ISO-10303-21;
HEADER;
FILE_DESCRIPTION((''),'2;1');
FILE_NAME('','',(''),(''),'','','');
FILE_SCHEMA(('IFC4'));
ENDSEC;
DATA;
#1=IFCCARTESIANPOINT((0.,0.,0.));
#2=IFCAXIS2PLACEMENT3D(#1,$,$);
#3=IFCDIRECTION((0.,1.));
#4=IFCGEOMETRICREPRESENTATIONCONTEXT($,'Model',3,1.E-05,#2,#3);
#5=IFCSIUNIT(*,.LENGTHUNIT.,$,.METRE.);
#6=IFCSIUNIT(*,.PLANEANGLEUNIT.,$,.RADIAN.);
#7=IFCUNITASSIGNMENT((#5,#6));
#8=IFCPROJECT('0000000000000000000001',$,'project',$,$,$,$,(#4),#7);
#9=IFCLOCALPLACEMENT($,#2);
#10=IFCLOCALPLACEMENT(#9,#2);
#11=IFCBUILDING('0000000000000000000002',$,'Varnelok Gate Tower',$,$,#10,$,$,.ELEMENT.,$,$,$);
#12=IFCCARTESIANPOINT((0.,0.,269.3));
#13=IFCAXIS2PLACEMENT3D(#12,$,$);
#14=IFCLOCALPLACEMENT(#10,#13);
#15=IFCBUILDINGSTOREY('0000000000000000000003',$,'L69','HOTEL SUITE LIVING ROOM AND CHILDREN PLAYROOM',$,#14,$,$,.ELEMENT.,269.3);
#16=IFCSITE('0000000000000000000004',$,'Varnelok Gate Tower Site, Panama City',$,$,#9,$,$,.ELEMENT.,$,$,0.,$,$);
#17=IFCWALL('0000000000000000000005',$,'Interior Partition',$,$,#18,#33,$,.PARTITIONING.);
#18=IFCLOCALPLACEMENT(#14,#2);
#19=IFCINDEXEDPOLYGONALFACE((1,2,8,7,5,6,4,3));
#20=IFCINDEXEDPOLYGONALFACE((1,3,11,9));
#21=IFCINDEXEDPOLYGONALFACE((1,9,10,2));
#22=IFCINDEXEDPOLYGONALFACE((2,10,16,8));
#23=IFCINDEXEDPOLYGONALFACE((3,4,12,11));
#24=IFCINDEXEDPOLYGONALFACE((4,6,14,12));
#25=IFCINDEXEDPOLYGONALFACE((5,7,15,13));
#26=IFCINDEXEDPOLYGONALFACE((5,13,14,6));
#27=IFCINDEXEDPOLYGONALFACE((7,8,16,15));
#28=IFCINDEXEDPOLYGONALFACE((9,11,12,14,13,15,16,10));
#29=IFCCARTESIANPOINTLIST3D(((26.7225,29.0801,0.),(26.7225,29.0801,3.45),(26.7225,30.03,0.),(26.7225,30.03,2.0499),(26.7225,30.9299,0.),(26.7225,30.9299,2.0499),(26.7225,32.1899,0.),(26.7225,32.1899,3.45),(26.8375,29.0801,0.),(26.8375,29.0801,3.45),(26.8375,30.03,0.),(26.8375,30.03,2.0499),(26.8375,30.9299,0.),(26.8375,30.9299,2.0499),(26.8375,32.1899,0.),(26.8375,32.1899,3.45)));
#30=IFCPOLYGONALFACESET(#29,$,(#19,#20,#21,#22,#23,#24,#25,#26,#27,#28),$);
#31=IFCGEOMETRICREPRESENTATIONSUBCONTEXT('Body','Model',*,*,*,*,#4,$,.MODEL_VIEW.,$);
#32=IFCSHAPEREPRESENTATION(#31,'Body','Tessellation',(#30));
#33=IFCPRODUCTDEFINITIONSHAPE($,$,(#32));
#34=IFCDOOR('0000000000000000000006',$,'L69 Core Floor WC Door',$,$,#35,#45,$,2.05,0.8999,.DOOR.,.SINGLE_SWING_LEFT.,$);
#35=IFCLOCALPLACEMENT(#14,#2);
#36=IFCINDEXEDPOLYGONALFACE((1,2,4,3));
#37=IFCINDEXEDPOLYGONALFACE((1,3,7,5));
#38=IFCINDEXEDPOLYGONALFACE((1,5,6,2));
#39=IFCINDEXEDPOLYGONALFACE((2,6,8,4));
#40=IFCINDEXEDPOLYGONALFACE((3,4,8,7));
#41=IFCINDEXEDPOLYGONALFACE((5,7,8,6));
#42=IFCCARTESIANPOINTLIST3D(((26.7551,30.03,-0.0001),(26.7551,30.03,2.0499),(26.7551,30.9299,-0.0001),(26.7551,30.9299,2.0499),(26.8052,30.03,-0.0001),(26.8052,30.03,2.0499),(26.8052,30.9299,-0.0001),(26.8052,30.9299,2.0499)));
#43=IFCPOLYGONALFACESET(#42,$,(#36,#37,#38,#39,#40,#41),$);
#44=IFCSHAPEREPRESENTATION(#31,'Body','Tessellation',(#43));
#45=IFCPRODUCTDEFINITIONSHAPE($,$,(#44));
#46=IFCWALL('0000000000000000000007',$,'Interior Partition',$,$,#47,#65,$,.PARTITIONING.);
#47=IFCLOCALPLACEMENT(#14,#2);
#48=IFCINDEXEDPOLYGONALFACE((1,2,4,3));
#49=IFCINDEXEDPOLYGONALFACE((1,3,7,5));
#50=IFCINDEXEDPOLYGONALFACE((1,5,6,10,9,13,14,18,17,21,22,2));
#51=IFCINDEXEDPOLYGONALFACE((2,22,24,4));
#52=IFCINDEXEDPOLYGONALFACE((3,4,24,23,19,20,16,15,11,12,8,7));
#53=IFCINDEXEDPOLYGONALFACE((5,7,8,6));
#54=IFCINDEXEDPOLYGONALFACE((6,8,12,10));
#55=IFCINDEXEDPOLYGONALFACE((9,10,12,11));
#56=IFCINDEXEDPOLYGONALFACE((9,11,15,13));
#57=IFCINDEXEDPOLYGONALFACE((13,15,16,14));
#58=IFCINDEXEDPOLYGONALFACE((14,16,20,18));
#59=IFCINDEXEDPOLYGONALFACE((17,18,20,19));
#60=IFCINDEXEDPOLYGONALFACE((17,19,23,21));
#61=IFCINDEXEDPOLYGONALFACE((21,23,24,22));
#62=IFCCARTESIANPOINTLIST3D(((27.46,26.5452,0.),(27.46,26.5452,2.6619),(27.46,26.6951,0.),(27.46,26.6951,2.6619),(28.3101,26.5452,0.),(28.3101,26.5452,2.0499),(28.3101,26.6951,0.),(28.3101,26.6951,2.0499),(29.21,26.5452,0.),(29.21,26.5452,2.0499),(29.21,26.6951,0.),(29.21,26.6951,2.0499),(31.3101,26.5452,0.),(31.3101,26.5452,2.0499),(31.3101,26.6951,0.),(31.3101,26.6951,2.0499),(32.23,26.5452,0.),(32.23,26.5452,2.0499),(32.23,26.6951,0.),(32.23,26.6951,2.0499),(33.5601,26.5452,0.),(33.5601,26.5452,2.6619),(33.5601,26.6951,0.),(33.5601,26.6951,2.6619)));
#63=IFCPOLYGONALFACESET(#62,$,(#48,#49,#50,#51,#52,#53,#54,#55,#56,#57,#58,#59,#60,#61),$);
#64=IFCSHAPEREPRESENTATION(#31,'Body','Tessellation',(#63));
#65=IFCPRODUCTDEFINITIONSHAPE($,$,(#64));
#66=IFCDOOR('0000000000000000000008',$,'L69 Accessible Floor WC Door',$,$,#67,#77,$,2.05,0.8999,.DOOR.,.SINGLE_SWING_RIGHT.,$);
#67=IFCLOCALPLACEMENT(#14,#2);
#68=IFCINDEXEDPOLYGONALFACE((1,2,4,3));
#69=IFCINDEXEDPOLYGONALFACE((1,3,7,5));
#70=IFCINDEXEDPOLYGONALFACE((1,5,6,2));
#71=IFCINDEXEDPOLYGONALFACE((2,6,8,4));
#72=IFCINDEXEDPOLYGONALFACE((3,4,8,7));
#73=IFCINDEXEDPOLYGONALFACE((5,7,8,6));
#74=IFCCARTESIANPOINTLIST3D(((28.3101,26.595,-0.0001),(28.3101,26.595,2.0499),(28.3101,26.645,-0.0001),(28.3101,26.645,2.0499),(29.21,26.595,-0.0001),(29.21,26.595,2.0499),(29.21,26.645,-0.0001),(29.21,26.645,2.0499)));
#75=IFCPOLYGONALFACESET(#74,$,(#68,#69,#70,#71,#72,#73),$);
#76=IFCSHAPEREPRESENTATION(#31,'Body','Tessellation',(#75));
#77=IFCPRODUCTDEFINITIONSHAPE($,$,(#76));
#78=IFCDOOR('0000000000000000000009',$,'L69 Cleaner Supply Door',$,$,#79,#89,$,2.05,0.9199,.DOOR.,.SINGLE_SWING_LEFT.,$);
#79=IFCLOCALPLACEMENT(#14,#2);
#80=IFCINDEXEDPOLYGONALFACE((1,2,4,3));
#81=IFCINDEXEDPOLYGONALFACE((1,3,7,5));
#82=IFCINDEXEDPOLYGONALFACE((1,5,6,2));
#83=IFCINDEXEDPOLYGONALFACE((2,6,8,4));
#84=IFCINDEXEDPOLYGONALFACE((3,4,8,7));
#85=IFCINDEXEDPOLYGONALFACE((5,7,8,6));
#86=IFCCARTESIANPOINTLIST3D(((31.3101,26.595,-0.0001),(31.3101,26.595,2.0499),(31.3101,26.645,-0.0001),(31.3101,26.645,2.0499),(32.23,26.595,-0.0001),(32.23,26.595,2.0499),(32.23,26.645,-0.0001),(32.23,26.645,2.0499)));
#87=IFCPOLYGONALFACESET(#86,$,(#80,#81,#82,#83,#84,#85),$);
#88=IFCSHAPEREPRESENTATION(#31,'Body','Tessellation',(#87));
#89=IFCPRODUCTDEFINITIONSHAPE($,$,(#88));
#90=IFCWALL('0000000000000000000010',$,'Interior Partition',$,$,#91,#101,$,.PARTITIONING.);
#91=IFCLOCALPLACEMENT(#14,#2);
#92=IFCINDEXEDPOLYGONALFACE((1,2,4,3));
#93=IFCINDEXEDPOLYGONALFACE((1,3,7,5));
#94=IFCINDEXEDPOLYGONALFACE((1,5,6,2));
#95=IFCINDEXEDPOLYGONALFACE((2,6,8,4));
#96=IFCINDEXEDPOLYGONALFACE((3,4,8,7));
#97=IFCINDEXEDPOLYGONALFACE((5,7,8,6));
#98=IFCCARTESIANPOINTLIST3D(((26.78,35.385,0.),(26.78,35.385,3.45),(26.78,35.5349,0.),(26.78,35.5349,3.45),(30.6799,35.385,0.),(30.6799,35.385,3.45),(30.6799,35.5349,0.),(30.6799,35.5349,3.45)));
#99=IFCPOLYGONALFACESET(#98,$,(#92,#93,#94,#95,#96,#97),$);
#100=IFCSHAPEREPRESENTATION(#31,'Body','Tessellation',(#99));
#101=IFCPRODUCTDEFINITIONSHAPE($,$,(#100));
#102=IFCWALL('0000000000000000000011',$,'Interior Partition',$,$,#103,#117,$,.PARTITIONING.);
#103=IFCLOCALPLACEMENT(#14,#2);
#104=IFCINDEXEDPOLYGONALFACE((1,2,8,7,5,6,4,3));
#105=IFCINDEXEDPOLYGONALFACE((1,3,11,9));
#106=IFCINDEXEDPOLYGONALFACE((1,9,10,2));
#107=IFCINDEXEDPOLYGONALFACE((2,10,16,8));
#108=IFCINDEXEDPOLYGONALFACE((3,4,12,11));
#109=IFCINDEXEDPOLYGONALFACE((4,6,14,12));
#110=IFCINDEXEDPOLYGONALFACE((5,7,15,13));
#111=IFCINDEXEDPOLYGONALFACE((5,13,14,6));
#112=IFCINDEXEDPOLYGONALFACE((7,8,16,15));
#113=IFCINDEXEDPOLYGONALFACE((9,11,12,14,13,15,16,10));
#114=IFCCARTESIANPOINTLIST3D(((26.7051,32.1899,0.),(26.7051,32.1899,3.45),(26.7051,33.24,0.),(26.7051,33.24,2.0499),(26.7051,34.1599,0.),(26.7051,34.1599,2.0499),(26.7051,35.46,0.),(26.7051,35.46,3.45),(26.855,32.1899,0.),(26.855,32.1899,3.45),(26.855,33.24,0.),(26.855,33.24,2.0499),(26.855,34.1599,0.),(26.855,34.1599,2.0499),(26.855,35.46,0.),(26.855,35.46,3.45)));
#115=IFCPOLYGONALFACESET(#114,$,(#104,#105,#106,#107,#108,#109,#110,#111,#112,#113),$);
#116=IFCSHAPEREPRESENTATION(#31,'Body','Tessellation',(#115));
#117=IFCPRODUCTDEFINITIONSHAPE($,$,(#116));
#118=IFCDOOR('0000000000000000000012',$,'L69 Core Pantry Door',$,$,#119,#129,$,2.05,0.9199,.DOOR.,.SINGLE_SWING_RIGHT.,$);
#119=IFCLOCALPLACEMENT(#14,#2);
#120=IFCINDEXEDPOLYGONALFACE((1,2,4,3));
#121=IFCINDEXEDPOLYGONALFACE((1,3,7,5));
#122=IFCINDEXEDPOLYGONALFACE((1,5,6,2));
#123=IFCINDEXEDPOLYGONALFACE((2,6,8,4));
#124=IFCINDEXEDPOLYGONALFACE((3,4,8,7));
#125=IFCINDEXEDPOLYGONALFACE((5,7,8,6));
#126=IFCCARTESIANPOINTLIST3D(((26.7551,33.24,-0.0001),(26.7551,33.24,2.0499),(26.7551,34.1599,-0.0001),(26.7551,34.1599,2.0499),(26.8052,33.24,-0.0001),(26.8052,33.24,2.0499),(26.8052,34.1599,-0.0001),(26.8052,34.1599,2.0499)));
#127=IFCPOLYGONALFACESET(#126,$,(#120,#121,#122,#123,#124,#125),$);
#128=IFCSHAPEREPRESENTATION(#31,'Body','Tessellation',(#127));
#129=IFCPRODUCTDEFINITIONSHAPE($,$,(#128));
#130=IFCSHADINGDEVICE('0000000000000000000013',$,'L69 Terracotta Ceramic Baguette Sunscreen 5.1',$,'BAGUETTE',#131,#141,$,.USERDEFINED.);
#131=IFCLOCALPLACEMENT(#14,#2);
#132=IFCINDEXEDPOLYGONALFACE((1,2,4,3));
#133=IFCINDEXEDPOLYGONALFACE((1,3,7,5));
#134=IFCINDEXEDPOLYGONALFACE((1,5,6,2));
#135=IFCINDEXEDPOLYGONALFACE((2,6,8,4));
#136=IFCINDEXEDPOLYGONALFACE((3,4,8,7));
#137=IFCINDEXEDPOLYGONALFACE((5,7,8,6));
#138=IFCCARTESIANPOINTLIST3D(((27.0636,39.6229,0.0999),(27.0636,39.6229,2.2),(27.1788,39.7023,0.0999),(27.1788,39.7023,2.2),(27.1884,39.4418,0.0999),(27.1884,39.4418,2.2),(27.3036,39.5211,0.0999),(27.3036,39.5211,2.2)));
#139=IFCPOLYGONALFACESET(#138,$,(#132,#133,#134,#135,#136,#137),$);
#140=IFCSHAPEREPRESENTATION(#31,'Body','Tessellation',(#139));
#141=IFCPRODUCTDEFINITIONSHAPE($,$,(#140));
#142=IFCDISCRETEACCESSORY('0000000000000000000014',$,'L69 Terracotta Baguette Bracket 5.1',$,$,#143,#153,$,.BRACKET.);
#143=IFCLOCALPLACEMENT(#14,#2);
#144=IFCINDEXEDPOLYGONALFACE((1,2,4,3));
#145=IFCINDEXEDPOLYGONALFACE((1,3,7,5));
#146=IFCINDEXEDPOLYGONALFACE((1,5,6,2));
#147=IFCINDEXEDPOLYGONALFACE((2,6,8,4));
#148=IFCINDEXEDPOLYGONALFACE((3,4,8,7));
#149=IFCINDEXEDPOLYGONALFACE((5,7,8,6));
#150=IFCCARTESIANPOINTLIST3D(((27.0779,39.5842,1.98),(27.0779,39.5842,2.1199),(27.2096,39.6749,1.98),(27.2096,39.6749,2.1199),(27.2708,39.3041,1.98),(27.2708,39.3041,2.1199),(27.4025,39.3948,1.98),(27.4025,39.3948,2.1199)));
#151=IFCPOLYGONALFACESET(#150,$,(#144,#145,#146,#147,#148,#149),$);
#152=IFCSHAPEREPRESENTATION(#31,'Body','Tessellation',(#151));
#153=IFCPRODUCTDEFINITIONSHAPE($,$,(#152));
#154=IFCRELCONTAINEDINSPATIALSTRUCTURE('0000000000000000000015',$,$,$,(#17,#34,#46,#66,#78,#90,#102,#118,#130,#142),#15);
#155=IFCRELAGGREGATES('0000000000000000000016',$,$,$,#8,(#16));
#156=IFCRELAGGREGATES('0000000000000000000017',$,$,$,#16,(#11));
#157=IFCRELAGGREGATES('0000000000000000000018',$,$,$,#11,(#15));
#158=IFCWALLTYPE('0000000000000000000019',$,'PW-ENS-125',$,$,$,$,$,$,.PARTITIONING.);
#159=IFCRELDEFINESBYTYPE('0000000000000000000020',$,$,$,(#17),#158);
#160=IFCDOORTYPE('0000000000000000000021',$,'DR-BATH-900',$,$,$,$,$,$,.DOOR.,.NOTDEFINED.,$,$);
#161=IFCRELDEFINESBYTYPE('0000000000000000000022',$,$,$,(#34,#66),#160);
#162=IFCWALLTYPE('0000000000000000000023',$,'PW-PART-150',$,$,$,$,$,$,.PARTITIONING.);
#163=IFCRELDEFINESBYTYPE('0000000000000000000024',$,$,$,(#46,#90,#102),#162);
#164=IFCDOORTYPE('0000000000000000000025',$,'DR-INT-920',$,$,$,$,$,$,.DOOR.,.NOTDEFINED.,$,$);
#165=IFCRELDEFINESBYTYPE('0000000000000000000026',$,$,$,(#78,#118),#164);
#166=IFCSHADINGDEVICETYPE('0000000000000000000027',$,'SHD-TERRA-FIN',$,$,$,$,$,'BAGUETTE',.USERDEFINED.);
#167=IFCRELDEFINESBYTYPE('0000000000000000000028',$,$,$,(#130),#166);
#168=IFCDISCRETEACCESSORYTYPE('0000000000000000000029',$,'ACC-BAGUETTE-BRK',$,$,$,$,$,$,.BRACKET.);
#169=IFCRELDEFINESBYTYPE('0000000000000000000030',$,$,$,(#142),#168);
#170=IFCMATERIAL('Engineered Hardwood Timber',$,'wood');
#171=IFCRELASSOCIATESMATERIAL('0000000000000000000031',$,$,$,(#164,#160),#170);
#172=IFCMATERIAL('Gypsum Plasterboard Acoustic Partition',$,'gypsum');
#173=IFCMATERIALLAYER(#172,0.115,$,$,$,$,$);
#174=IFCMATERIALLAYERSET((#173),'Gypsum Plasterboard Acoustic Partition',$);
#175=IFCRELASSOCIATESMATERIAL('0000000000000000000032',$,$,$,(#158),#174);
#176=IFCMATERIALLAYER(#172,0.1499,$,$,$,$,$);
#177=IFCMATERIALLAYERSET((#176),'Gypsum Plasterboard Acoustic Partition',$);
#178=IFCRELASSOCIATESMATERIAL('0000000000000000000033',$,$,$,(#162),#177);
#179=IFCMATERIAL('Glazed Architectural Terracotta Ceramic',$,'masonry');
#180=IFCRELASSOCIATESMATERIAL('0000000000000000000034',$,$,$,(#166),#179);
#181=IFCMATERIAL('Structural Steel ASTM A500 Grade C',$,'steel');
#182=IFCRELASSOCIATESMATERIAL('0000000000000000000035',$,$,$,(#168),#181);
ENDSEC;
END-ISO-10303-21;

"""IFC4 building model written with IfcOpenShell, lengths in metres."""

from ifc_helpers import new_model, si_unit, direction, frame, frame_2d, origin, origin_2d, place, context, subcontext, project, spatial, rectangle, extrude, source, transform, mapped, material, layer, layer_set, type_object, element, fill, save


model = new_model("IFC4")

# Units and contexts
model_context = context("Model", 3, precision=1e-05, world=origin(), true_north=direction((0.0, 1.0)))
body_context = subcontext(model_context, "Body", "Model", "MODEL_VIEW")
ifc_project = project(units=[si_unit("LENGTHUNIT", "METRE"), si_unit("PLANEANGLEUNIT", "RADIAN")], contexts=[model_context])

# Site, building, storey
site_placement = place(None, origin())
site = spatial("IfcSite", under=ifc_project, at=site_placement, Name="Varnelok Gate Tower Site, Panama City", CompositionType="ELEMENT", RefElevation=0.0)
building_placement = place(site_placement, origin())
building = spatial("IfcBuilding", under=site, at=building_placement, Name="Varnelok Gate Tower", CompositionType="ELEMENT")
storey_placement = place(building_placement, frame((0.0, 0.0, 269.3)))
storey = spatial("IfcBuildingStorey", under=building, at=storey_placement, Name="L69", Description="HOTEL SUITE LIVING ROOM AND CHILDREN PLAYROOM", CompositionType="ELEMENT", Elevation=269.3)

# Shared definitions
ifc_material_1 = material(Name="Gypsum Plasterboard Acoustic Partition", Category="gypsum")
ifc_material_2 = material(Name="Engineered Hardwood Timber", Category="wood")
door_type_1 = type_object("IfcDoorType", Name="DR-INT-920", OperationType="NOTDEFINED", PredefinedType="DOOR", material=ifc_material_2)

# Shared definitions
ifc_layer_1 = layer(ifc_material_1, 0.115)
ifc_layer_set_1 = layer_set([ifc_layer_1], Name="Gypsum Plasterboard Acoustic Partition")
wall_type_1 = type_object("IfcWallType", Name="PW-ENS-125", PredefinedType="PARTITIONING", material=ifc_layer_set_1)

# Wall, opening, door
wall_1_placement = place(storey_placement, frame((26.78, 29.0801, 0.0), z_axis=(0.0, 0.0, 1.0), x_axis=(0.0, 1.0, 0.0)))
wall_1 = element("IfcWall", 1, at=wall_1_placement, inside=storey, type_object=wall_type_1, Name="Interior Partition", PredefinedType="PARTITIONING", context=body_context, shape_type="SweptSolid", body=[
    extrude(rectangle(XDim=3.1099, YDim=0.115, at=frame_2d((1.5549, 0.0))), origin(), (0.0, 0.0, 1.0), 3.45),
])
opening_1_placement = place(wall_1_placement, frame((0.95, 0.0, 0.0)))
opening_1 = element("IfcOpeningElement", 2, at=opening_1_placement, cuts=wall_1, PredefinedType="OPENING", context=body_context, shape_type="SweptSolid", body=[
    extrude(rectangle(XDim=0.8999, YDim=2.05, at=frame_2d((0.45, 1.0249))), frame((0.0, 0.0674, 0.0), z_axis=(0.0, -1.0, 0.0), x_axis=(1.0, 0.0, 0.0)), (0.0, 0.0, 1.0), 0.135),
])
door_type_2 = type_object("IfcDoorType", Name="DR-BATH-900", OperationType="NOTDEFINED", PredefinedType="DOOR", material=ifc_material_2)
door_1_placement = place(opening_1_placement, origin())
door_1 = element("IfcDoor", 3, at=door_1_placement, inside=storey, type_object=door_type_2, Name="L69 Core Floor WC Door", OperationType="SINGLE_SWING_LEFT", OverallHeight=2.05, OverallWidth=0.8999, PredefinedType="DOOR", context=body_context, shape_type="SweptSolid", body=[
    extrude(rectangle(XDim=0.8999, YDim=2.05, at=frame_2d((0.45, 1.0249))), frame((0.0, 0.0249, 0.0), z_axis=(0.0, -1.0, 0.0), x_axis=(1.0, 0.0, 0.0)), (0.0, 0.0, 1.0), 0.05),
])
fill(opening_1, door_1)

# Wall, openings, doors
ifc_layer_2 = layer(ifc_material_1, 0.1499)
ifc_layer_set_2 = layer_set([ifc_layer_2], Name="Gypsum Plasterboard Acoustic Partition")
wall_type_2 = type_object("IfcWallType", Name="PW-PART-150", PredefinedType="PARTITIONING", material=ifc_layer_set_2)
wall_2_placement = place(storey_placement, frame((27.46, 26.6201, 0.0), z_axis=(0.0, 0.0, 1.0), x_axis=(1.0, 0.0, 0.0)))
wall_2 = element("IfcWall", 4, at=wall_2_placement, inside=storey, type_object=wall_type_2, Name="Interior Partition", PredefinedType="PARTITIONING", context=body_context, shape_type="SweptSolid", body=[
    extrude(rectangle(XDim=6.1001, YDim=0.1499, at=frame_2d((3.05, 0.0))), origin(), (0.0, 0.0, 1.0), 2.6619),
])
opening_2_placement = place(wall_2_placement, frame((0.8501, 0.0, 0.0)))
opening_2 = element("IfcOpeningElement", 5, at=opening_2_placement, cuts=wall_2, PredefinedType="OPENING", context=body_context, shape_type="SweptSolid", body=[
    extrude(rectangle(XDim=0.8999, YDim=2.05, at=frame_2d((0.45, 1.0249))), frame((0.0, 0.085, 0.0), z_axis=(0.0, -1.0, 0.0), x_axis=(1.0, 0.0, 0.0)), (0.0, 0.0, 1.0), 0.1699),
])
opening_3_placement = place(wall_2_placement, frame((3.8501, 0.0, 0.0)))
opening_3 = element("IfcOpeningElement", 6, at=opening_3_placement, cuts=wall_2, PredefinedType="OPENING", context=body_context, shape_type="SweptSolid", body=[
    extrude(rectangle(XDim=0.9199, YDim=2.05, at=frame_2d((0.46, 1.0249))), frame((0.0, 0.085, 0.0), z_axis=(0.0, -1.0, 0.0), x_axis=(1.0, 0.0, 0.0)), (0.0, 0.0, 1.0), 0.1699),
])
door_2_placement = place(opening_2_placement, origin())
door_2 = element("IfcDoor", 7, at=door_2_placement, inside=storey, type_object=door_type_2, Name="L69 Accessible Floor WC Door", OperationType="SINGLE_SWING_RIGHT", OverallHeight=2.05, OverallWidth=0.8999, PredefinedType="DOOR", context=body_context, shape_type="SweptSolid", body=[
    extrude(rectangle(XDim=0.8999, YDim=2.05, at=frame_2d((0.45, 1.0249))), frame((0.0, 0.0249, 0.0), z_axis=(0.0, -1.0, 0.0), x_axis=(1.0, 0.0, 0.0)), (0.0, 0.0, 1.0), 0.05),
])
fill(opening_2, door_2)
door_3_placement = place(opening_3_placement, origin())
door_3 = element("IfcDoor", 8, at=door_3_placement, inside=storey, type_object=door_type_1, Name="L69 Cleaner Supply Door", OperationType="SINGLE_SWING_LEFT", OverallHeight=2.05, OverallWidth=0.9199, PredefinedType="DOOR", context=body_context, shape_type="SweptSolid", body=[
    extrude(rectangle(XDim=0.9199, YDim=2.05, at=frame_2d((0.46, 1.0249))), frame((0.0, 0.0249, 0.0), z_axis=(0.0, -1.0, 0.0), x_axis=(1.0, 0.0, 0.0)), (0.0, 0.0, 1.0), 0.05),
])
fill(opening_3, door_3)

# Wall
wall_3_placement = place(storey_placement, frame((26.78, 35.46, 0.0), z_axis=(0.0, 0.0, 1.0), x_axis=(1.0, 0.0, 0.0)))
element("IfcWall", 9, at=wall_3_placement, inside=storey, type_object=wall_type_2, Name="Interior Partition", PredefinedType="PARTITIONING", context=body_context, shape_type="SweptSolid", body=[
    extrude(rectangle(XDim=3.8999, YDim=0.1499, at=frame_2d((1.95, 0.0))), origin(), (0.0, 0.0, 1.0), 3.45),
])

# Wall, opening, door
wall_4_placement = place(storey_placement, frame((26.78, 32.1899, 0.0), z_axis=(0.0, 0.0, 1.0), x_axis=(0.0, 1.0, 0.0)))
wall_4 = element("IfcWall", 10, at=wall_4_placement, inside=storey, type_object=wall_type_2, Name="Interior Partition", PredefinedType="PARTITIONING", context=body_context, shape_type="SweptSolid", body=[
    extrude(rectangle(XDim=3.27, YDim=0.1499, at=frame_2d((1.635, 0.0))), origin(), (0.0, 0.0, 1.0), 3.45),
])
opening_4_placement = place(wall_4_placement, frame((1.05, 0.0, 0.0)))
opening_4 = element("IfcOpeningElement", 11, at=opening_4_placement, cuts=wall_4, PredefinedType="OPENING", context=body_context, shape_type="SweptSolid", body=[
    extrude(rectangle(XDim=0.9199, YDim=2.05, at=frame_2d((0.46, 1.0249))), frame((0.0, 0.085, 0.0), z_axis=(0.0, -1.0, 0.0), x_axis=(1.0, 0.0, 0.0)), (0.0, 0.0, 1.0), 0.1699),
])
door_4_placement = place(opening_4_placement, origin())
door_4 = element("IfcDoor", 12, at=door_4_placement, inside=storey, type_object=door_type_1, Name="L69 Core Pantry Door", OperationType="SINGLE_SWING_RIGHT", OverallHeight=2.05, OverallWidth=0.9199, PredefinedType="DOOR", context=body_context, shape_type="SweptSolid", body=[
    extrude(rectangle(XDim=0.9199, YDim=2.05, at=frame_2d((0.46, 1.0249))), frame((0.0, 0.0249, 0.0), z_axis=(0.0, -1.0, 0.0), x_axis=(1.0, 0.0, 0.0)), (0.0, 0.0, 1.0), 0.05),
])
fill(opening_4, door_4)

# Shading device
ifc_material_3 = material(Name="Glazed Architectural Terracotta Ceramic", Category="masonry")
shading_device_type = type_object("IfcShadingDeviceType", Name="SHD-TERRA-FIN", ElementType="BAGUETTE", PredefinedType="USERDEFINED", material=ifc_material_3)
shared_shape_1 = source(origin(), body_context, "Body", "SweptSolid", [
    extrude(rectangle(XDim=0.1399, YDim=0.22, at=origin_2d()), origin(), (0.0, 0.0, 1.0), 2.1001),
])
shading_device_placement = place(storey_placement, frame((27.1836, 39.572, 0.0999), z_axis=(0.0, 0.0, 1.0), x_axis=(0.823533, 0.567269, 0.0)))
element("IfcShadingDevice", 13, at=shading_device_placement, inside=storey, type_object=shading_device_type, Name="L69 Terracotta Ceramic Baguette Sunscreen 5.1", ObjectType="BAGUETTE", PredefinedType="USERDEFINED", context=body_context, shape_type="MappedRepresentation", body=[
    mapped(shared_shape_1, transform((0.0, 0.0, 0.0), scale=1.0)),
])

# Discrete accessory
ifc_material_4 = material(Name="Structural Steel ASTM A500 Grade C", Category="steel")
discrete_accessory_type = type_object("IfcDiscreteAccessoryType", Name="ACC-BAGUETTE-BRK", PredefinedType="BRACKET", material=ifc_material_4)
shared_shape_2 = source(origin(), body_context, "Body", "SweptSolid", [
    extrude(rectangle(XDim=0.1599, YDim=0.3401, at=origin_2d()), origin(), (0.0, 0.0, 1.0), 0.1399),
])
discrete_accessory_placement = place(storey_placement, frame((27.2402, 39.4895, 1.98), z_axis=(0.0, 0.0, 1.0), x_axis=(0.823533, 0.567269, 0.0)))
element("IfcDiscreteAccessory", 14, at=discrete_accessory_placement, inside=storey, type_object=discrete_accessory_type, Name="L69 Terracotta Baguette Bracket 5.1", PredefinedType="BRACKET", context=body_context, shape_type="MappedRepresentation", body=[
    mapped(shared_shape_2, transform((0.0, 0.0, 0.0), scale=1.0)),
])

save(model, "model.ifc")
